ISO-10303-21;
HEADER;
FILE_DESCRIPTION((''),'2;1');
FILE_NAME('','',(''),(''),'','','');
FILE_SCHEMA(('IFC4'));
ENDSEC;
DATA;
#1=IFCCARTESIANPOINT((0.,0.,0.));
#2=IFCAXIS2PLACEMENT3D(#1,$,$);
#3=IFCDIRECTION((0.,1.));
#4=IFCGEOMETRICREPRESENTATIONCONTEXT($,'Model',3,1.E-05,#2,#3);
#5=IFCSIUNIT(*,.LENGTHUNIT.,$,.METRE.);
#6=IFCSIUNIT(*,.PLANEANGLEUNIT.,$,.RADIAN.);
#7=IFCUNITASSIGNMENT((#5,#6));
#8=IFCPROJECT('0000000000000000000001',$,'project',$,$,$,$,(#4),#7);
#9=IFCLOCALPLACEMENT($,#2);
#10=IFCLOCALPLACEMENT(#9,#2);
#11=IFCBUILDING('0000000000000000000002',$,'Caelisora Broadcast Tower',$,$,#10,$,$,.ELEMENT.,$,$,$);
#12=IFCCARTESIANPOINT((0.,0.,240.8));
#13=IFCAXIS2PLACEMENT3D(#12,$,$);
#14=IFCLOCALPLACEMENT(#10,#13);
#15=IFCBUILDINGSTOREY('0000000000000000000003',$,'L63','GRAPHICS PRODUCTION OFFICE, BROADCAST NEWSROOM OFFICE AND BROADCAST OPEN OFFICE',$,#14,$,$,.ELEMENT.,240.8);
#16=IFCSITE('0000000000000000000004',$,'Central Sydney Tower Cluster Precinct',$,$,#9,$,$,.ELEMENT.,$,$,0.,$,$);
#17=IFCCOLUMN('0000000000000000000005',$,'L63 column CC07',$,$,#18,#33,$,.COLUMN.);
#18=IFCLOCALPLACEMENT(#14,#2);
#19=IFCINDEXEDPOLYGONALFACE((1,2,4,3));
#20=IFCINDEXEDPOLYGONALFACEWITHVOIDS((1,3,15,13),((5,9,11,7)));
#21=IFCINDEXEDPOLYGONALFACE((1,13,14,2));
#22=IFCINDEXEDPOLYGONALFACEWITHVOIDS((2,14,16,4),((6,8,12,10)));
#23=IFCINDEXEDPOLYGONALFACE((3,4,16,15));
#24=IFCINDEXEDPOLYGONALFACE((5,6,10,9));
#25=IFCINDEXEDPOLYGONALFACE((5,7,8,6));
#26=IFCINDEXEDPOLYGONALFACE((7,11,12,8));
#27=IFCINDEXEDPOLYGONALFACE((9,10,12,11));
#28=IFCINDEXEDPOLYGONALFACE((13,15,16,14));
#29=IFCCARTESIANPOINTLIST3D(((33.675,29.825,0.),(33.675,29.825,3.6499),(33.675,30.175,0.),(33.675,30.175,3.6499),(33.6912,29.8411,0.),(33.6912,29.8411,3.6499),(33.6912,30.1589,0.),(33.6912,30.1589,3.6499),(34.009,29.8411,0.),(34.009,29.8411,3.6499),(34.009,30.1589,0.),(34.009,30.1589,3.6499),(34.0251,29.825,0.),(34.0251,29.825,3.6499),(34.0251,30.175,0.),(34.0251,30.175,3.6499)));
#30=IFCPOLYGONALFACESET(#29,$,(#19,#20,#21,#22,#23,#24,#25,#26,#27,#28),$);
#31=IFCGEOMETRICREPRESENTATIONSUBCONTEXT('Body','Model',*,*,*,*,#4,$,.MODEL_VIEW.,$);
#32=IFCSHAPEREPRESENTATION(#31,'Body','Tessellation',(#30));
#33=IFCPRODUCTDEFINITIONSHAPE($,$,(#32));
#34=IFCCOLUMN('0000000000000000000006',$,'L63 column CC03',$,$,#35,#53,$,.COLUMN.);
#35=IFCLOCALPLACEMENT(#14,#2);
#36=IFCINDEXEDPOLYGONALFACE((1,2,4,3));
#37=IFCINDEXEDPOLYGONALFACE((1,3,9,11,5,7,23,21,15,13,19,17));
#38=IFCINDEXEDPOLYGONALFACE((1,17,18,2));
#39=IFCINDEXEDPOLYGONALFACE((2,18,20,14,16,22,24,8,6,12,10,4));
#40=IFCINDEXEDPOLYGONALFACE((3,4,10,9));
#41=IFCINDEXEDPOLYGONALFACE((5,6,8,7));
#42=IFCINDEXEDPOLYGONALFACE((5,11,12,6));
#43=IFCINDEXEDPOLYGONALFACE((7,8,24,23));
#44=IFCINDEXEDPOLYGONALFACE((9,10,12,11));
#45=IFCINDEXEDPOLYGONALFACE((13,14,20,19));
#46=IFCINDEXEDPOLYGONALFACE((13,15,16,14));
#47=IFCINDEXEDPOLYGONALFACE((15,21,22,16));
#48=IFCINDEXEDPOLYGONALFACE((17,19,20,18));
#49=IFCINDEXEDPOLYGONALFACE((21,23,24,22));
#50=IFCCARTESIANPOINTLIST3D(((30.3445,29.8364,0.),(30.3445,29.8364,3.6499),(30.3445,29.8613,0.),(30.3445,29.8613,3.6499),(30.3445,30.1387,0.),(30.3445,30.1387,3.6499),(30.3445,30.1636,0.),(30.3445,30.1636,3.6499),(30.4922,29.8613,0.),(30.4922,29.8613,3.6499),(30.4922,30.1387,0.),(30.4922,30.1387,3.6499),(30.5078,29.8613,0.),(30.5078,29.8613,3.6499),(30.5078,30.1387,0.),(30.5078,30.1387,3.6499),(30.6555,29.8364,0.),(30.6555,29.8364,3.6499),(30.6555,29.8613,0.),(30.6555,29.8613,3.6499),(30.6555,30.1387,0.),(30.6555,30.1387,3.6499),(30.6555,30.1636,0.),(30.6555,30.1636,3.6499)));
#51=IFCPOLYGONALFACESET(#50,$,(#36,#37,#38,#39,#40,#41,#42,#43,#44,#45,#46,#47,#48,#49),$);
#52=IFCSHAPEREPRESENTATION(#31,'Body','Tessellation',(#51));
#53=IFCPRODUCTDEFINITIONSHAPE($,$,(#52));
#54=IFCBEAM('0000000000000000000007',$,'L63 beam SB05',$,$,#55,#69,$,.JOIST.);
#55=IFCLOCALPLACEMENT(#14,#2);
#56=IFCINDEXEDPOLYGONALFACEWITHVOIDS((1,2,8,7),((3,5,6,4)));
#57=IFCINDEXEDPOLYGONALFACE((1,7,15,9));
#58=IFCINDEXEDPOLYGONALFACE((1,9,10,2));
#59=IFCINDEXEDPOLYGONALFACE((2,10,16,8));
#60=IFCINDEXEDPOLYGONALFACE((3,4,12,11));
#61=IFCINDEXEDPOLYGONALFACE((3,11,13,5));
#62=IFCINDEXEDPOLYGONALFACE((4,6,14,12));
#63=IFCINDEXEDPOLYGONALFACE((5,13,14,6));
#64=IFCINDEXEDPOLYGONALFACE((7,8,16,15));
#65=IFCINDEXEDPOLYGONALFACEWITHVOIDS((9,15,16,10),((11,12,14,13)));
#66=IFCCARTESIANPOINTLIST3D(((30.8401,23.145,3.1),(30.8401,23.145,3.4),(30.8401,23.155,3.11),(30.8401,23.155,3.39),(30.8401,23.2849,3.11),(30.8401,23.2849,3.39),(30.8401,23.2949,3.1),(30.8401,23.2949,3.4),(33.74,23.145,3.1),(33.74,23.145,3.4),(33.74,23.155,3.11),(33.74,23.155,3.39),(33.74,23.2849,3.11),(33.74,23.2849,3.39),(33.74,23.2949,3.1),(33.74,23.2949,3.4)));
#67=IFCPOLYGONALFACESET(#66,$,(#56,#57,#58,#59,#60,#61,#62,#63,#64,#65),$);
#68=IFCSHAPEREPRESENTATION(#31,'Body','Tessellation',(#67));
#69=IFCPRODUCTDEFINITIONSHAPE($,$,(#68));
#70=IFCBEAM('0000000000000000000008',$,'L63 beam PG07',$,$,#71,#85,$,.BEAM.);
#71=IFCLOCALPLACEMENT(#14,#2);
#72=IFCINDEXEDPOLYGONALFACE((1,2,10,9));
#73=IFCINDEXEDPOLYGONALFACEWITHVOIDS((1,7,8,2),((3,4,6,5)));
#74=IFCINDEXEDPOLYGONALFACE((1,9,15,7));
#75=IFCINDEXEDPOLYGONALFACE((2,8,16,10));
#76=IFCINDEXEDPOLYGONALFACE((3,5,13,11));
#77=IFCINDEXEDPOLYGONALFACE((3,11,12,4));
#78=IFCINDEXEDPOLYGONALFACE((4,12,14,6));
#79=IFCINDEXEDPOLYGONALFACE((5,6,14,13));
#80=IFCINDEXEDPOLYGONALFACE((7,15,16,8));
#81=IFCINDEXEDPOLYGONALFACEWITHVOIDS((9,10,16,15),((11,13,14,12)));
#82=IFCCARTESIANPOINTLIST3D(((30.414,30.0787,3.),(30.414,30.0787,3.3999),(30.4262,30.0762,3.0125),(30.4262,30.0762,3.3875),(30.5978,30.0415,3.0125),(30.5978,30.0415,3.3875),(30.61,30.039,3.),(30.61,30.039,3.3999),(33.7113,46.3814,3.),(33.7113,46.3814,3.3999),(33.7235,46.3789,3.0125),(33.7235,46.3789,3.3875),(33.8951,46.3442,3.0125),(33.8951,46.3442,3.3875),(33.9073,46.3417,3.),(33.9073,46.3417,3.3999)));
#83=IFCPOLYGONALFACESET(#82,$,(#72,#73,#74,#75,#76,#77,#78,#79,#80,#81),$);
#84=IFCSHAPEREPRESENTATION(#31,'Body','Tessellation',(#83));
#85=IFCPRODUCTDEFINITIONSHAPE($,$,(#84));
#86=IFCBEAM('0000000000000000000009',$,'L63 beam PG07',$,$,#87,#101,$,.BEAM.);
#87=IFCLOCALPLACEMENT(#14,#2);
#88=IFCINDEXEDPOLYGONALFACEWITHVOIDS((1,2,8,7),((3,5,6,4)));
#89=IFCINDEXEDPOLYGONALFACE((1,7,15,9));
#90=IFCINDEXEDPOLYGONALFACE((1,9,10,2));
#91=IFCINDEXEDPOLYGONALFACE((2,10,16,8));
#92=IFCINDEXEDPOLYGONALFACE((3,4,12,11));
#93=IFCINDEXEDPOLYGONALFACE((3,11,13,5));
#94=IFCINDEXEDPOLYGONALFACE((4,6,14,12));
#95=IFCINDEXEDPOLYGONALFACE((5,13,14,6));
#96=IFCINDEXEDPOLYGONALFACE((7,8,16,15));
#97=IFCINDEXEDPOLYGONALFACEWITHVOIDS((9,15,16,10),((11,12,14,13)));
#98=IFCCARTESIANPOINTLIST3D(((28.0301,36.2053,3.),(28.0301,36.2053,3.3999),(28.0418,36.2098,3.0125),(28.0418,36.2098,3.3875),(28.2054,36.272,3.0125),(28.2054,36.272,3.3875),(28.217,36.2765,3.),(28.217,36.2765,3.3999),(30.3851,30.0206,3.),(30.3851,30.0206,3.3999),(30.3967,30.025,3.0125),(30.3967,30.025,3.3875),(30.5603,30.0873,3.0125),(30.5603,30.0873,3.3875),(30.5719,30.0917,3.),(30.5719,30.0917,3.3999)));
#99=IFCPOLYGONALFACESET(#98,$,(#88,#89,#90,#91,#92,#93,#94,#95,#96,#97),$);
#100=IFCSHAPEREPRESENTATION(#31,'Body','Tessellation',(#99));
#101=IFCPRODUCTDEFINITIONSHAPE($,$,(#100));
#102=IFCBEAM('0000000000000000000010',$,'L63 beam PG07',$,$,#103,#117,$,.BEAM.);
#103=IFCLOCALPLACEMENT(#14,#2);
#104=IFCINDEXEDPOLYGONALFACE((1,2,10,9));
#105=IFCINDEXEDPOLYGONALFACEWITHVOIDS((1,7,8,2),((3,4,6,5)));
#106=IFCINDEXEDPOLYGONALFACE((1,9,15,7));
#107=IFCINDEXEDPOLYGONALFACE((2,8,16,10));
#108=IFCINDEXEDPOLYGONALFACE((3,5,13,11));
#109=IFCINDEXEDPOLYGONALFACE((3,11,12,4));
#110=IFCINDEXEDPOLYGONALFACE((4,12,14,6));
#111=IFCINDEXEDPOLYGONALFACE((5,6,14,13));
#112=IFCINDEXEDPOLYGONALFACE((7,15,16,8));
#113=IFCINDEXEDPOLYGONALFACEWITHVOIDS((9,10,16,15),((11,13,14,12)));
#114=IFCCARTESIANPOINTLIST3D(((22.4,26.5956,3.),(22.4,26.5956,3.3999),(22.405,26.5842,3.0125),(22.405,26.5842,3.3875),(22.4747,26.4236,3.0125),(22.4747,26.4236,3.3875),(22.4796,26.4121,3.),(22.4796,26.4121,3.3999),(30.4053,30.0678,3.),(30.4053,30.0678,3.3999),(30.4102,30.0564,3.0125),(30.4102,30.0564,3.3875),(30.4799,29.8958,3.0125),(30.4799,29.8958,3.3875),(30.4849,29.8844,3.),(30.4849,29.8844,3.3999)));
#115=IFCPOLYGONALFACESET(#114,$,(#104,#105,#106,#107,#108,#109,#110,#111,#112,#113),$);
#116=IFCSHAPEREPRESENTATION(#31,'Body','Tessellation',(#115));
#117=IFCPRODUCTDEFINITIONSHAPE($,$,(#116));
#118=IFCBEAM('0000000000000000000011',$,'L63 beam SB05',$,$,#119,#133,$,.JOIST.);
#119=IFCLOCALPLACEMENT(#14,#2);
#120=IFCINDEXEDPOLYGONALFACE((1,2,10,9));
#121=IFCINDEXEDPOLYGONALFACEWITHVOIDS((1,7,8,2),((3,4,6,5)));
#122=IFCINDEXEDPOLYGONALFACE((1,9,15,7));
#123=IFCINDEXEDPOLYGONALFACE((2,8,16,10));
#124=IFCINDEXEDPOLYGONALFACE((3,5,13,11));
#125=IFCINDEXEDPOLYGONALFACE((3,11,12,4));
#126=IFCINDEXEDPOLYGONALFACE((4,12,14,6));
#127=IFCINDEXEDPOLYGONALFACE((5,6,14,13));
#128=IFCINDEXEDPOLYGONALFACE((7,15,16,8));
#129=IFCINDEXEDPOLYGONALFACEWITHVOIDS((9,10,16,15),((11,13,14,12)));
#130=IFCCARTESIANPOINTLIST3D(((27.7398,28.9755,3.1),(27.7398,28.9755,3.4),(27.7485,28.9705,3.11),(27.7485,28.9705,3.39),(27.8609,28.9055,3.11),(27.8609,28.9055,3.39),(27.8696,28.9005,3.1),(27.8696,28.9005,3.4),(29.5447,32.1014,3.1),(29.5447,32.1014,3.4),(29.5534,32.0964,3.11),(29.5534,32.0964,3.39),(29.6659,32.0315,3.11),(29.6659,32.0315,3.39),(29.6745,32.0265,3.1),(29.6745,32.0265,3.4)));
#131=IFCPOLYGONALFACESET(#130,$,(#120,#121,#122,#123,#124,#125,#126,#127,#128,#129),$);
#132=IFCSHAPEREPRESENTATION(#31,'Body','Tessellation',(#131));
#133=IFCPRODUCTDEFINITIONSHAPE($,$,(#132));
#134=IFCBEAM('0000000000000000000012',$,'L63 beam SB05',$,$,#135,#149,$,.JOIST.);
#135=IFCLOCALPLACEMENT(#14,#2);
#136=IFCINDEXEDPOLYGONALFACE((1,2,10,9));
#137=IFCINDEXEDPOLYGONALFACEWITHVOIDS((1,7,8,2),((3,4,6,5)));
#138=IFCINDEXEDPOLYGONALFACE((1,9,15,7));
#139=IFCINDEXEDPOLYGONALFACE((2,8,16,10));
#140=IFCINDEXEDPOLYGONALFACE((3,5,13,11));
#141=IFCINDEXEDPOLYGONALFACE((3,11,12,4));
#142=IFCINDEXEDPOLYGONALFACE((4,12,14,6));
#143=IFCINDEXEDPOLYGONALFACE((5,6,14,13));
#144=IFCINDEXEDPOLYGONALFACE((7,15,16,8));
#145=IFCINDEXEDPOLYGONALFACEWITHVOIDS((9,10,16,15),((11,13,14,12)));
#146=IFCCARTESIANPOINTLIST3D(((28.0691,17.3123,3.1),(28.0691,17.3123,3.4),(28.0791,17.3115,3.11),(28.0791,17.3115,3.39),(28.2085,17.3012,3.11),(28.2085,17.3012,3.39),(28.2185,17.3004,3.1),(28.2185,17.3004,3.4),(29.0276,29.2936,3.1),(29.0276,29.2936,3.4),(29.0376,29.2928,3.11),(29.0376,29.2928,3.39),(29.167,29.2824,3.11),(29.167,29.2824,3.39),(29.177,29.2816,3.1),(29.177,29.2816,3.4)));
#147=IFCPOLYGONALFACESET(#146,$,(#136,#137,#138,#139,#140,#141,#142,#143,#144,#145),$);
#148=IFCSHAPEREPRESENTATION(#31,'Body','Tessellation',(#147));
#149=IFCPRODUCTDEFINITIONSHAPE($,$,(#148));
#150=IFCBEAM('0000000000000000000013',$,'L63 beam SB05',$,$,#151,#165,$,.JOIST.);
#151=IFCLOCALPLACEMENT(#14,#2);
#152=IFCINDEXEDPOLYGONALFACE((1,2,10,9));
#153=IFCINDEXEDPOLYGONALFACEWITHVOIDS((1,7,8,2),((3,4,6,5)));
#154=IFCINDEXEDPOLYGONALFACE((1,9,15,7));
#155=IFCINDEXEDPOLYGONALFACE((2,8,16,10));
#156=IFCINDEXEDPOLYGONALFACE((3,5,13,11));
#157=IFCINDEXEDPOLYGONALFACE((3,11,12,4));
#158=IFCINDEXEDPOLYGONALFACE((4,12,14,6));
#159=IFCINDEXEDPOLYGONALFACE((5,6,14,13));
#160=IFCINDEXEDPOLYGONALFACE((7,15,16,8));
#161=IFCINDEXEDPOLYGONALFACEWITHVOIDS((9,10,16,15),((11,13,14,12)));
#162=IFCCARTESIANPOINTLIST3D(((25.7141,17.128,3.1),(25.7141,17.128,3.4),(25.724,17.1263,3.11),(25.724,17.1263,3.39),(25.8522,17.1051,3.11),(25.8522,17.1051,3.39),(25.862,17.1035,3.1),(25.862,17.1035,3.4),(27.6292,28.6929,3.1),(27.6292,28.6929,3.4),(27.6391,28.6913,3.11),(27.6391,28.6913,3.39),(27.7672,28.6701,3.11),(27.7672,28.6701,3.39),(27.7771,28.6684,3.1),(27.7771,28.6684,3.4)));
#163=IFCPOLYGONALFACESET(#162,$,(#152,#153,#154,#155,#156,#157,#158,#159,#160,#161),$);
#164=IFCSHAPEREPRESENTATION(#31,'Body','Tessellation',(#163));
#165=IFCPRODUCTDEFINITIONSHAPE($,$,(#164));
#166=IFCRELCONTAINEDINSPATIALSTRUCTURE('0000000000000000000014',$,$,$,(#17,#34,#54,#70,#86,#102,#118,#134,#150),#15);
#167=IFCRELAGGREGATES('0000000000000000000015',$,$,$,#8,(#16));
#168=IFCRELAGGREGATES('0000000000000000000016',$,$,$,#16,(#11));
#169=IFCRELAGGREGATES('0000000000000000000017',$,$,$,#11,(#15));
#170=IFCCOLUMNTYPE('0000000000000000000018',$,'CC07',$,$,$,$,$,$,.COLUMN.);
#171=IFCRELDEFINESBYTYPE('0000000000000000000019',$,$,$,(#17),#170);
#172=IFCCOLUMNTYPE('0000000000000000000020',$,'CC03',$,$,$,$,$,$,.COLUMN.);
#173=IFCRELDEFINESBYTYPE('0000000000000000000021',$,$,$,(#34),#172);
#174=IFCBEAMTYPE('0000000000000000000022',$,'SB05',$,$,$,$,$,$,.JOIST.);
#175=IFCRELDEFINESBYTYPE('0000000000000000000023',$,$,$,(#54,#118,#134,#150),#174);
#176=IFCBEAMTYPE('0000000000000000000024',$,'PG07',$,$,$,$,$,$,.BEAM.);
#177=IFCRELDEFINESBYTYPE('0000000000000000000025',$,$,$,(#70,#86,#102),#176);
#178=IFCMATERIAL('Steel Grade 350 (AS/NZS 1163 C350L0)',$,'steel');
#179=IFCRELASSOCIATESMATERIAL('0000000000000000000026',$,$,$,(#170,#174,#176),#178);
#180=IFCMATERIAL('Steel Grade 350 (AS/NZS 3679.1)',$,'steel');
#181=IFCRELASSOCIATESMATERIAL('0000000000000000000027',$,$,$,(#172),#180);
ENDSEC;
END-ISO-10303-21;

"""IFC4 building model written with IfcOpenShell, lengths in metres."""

from ifc_helpers import new_model, si_unit, direction, frame, origin, origin_2d, place, context, subcontext, project, spatial, hollow_rectangle, i_section, extrude, source, transform, mapped, material, material_profile, profile_set, type_object, type_shapes, element, save


model = new_model("IFC4")

# Units and contexts
model_context = context("Model", 3, precision=1e-05, world=origin(), true_north=direction((0.0, 1.0)))
body_context = subcontext(model_context, "Body", "Model", "MODEL_VIEW")
ifc_project = project(units=[si_unit("LENGTHUNIT", "METRE"), si_unit("PLANEANGLEUNIT", "RADIAN")], contexts=[model_context])

# Site, building, storey
site_placement = place(None, origin())
site = spatial("IfcSite", under=ifc_project, at=site_placement, Name="Central Sydney Tower Cluster Precinct", CompositionType="ELEMENT", RefElevation=0.0)
building_placement = place(site_placement, origin())
building = spatial("IfcBuilding", under=site, at=building_placement, Name="Caelisora Broadcast Tower", CompositionType="ELEMENT")
storey_placement = place(building_placement, frame((0.0, 0.0, 240.8)))
storey = spatial("IfcBuildingStorey", under=building, at=storey_placement, Name="L63", Description="GRAPHICS PRODUCTION OFFICE, BROADCAST NEWSROOM OFFICE AND BROADCAST OPEN OFFICE", CompositionType="ELEMENT", Elevation=240.8)

# Columns
ifc_material_1 = material(Name="Steel Grade 350 (AS/NZS 1163 C350L0)", Category="steel")
ifc_material_profile_1 = material_profile(ifc_material_1, hollow_rectangle(XDim=0.3501, YDim=0.3501, WallThickness=0.0161, at=origin_2d()), Name="Steel Grade 350 (AS/NZS 1163 C350L0)")
ifc_profile_set_1 = profile_set([ifc_material_profile_1], Name="Steel Grade 350 (AS/NZS 1163 C350L0)")
column_type_1 = type_object("IfcColumnType", Name="CC07", PredefinedType="COLUMN", material=ifc_profile_set_1)
shared_shape_1 = source(origin(), body_context, "Body", "SweptSolid", [
    extrude(hollow_rectangle(XDim=0.3501, YDim=0.3501, WallThickness=0.0161, at=origin_2d()), origin(), (0.0, 0.0, 1.0), 3.6499),
])
type_shapes(column_type_1, [shared_shape_1])
column_1_placement = place(storey_placement, frame((33.8501, 30.0, 0.0), z_axis=(0.0, 0.0, 1.0), x_axis=(1.0, 0.0, 0.0)))
element("IfcColumn", 1, at=column_1_placement, inside=storey, type_object=column_type_1, Name="L63 column CC07", PredefinedType="COLUMN", context=body_context, shape_type="MappedRepresentation", body=[
    mapped(shared_shape_1, transform((0.0, 0.0, 0.0), scale=1.0)),
])
ifc_material_2 = material(Name="Steel Grade 350 (AS/NZS 3679.1)", Category="steel")
ifc_material_profile_2 = material_profile(ifc_material_2, i_section(OverallWidth=0.311, OverallDepth=0.3271, WebThickness=0.0156, FlangeThickness=0.0249, at=origin_2d()), Name="Steel Grade 350 (AS/NZS 3679.1)")
ifc_profile_set_2 = profile_set([ifc_material_profile_2], Name="Steel Grade 350 (AS/NZS 3679.1)")
column_type_2 = type_object("IfcColumnType", Name="CC03", PredefinedType="COLUMN", material=ifc_profile_set_2)
shared_shape_2 = source(origin(), body_context, "Body", "SweptSolid", [
    extrude(i_section(OverallWidth=0.311, OverallDepth=0.3271, WebThickness=0.0156, FlangeThickness=0.0249, at=origin_2d()), origin(), (0.0, 0.0, 1.0), 3.6499),
])
type_shapes(column_type_2, [shared_shape_2])
column_2_placement = place(storey_placement, frame((30.5, 30.0, 0.0), z_axis=(0.0, 0.0, 1.0), x_axis=(1.0, 0.0, 0.0)))
element("IfcColumn", 2, at=column_2_placement, inside=storey, type_object=column_type_2, Name="L63 column CC03", PredefinedType="COLUMN", context=body_context, shape_type="MappedRepresentation", body=[
    mapped(shared_shape_2, transform((0.0, 0.0, 0.0), scale=1.0)),
])

# Beams
ifc_material_profile_3 = material_profile(ifc_material_1, hollow_rectangle(XDim=0.1499, YDim=0.3, WallThickness=0.01, at=origin_2d()), Name="Steel Grade 350 (AS/NZS 1163 C350L0)")
ifc_profile_set_3 = profile_set([ifc_material_profile_3], Name="Steel Grade 350 (AS/NZS 1163 C350L0)")
beam_type_1 = type_object("IfcBeamType", Name="SB05", PredefinedType="JOIST", material=ifc_profile_set_3)
shared_shape_3 = source(origin(), body_context, "Body", "SweptSolid", [
    extrude(hollow_rectangle(XDim=0.1499, YDim=0.3, WallThickness=0.01, at=origin_2d()), origin(), (0.0, 0.0, 1.0), 2.8999),
])
beam_1_placement = place(storey_placement, frame((30.8401, 23.22, 3.25), z_axis=(1.0, 0.0, 0.0), x_axis=(0.0, 1.0, 0.0)))
element("IfcBeam", 3, at=beam_1_placement, inside=storey, type_object=beam_type_1, Name="L63 beam SB05", PredefinedType="JOIST", context=body_context, shape_type="MappedRepresentation", body=[
    mapped(shared_shape_3, transform((0.0, 0.0, 0.0), scale=1.0)),
])
ifc_material_profile_4 = material_profile(ifc_material_1, hollow_rectangle(XDim=0.2, YDim=0.3999, WallThickness=0.0125, at=origin_2d()), Name="Steel Grade 350 (AS/NZS 1163 C350L0)")
ifc_profile_set_4 = profile_set([ifc_material_profile_4], Name="Steel Grade 350 (AS/NZS 1163 C350L0)")
beam_type_2 = type_object("IfcBeamType", Name="PG07", PredefinedType="BEAM", material=ifc_profile_set_4)
shared_shape_4 = source(origin(), body_context, "Body", "SweptSolid", [
    extrude(hollow_rectangle(XDim=0.2, YDim=0.3999, WallThickness=0.0125, at=origin_2d()), origin(), (0.0, 0.0, 1.0), 16.6328),
])
beam_2_placement = place(storey_placement, frame((30.512, 30.0588, 3.2), z_axis=(0.198244, 0.980153, 0.0), x_axis=(-0.980153, 0.198244, 0.0)))
element("IfcBeam", 4, at=beam_2_placement, inside=storey, type_object=beam_type_2, Name="L63 beam PG07", PredefinedType="BEAM", context=body_context, shape_type="MappedRepresentation", body=[
    mapped(shared_shape_4, transform((0.0, 0.0, 0.0), scale=1.0)),
])
shared_shape_5 = source(origin(), body_context, "Body", "SweptSolid", [
    extrude(hollow_rectangle(XDim=0.2, YDim=0.3999, WallThickness=0.0125, at=origin_2d()), origin(), (0.0, 0.0, 1.0), 6.6179),
])
beam_3_placement = place(storey_placement, frame((30.4785, 30.0562, 3.2), z_axis=(-0.355845, 0.934545, 0.0), x_axis=(-0.934545, -0.355845, 0.0)))
element("IfcBeam", 5, at=beam_3_placement, inside=storey, type_object=beam_type_2, Name="L63 beam PG07", PredefinedType="BEAM", context=body_context, shape_type="MappedRepresentation", body=[
    mapped(shared_shape_5, transform((0.0, 0.0, 0.0), scale=1.0)),
])
shared_shape_6 = source(origin(), body_context, "Body", "SweptSolid", [
    extrude(hollow_rectangle(XDim=0.2, YDim=0.3999, WallThickness=0.0125, at=origin_2d()), origin(), (0.0, 0.0, 1.0), 8.7258),
])
type_shapes(beam_type_2, [shared_shape_4, shared_shape_5, shared_shape_6])
beam_4_placement = place(storey_placement, frame((30.4451, 29.9761, 3.2), z_axis=(-0.917418, -0.397924, 0.0), x_axis=(0.397924, -0.917418, 0.0)))
element("IfcBeam", 6, at=beam_4_placement, inside=storey, type_object=beam_type_2, Name="L63 beam PG07", PredefinedType="BEAM", context=body_context, shape_type="MappedRepresentation", body=[
    mapped(shared_shape_6, transform((0.0, 0.0, 0.0), scale=1.0)),
])
shared_shape_7 = source(origin(), body_context, "Body", "SweptSolid", [
    extrude(hollow_rectangle(XDim=0.1499, YDim=0.3, WallThickness=0.01, at=origin_2d()), origin(), (0.0, 0.0, 1.0), 3.6096),
])
beam_5_placement = place(storey_placement, frame((29.6096, 32.064, 3.25), z_axis=(-0.500031, -0.866008, 0.0), x_axis=(0.866008, -0.500031, 0.0)))
element("IfcBeam", 7, at=beam_5_placement, inside=storey, type_object=beam_type_1, Name="L63 beam SB05", PredefinedType="JOIST", context=body_context, shape_type="MappedRepresentation", body=[
    mapped(shared_shape_7, transform((0.0, 0.0, 0.0), scale=1.0)),
])
shared_shape_8 = source(origin(), body_context, "Body", "SweptSolid", [
    extrude(hollow_rectangle(XDim=0.1499, YDim=0.3, WallThickness=0.01, at=origin_2d()), origin(), (0.0, 0.0, 1.0), 12.0195),
])
beam_6_placement = place(storey_placement, frame((29.1023, 29.2876, 3.25), z_axis=(-0.079745, -0.996815, 0.0), x_axis=(0.996815, -0.079745, 0.0)))
element("IfcBeam", 8, at=beam_6_placement, inside=storey, type_object=beam_type_1, Name="L63 beam SB05", PredefinedType="JOIST", context=body_context, shape_type="MappedRepresentation", body=[
    mapped(shared_shape_8, transform((0.0, 0.0, 0.0), scale=1.0)),
])
shared_shape_9 = source(origin(), body_context, "Body", "SweptSolid", [
    extrude(hollow_rectangle(XDim=0.1499, YDim=0.3, WallThickness=0.01, at=origin_2d()), origin(), (0.0, 0.0, 1.0), 11.7224),
])
type_shapes(beam_type_1, [shared_shape_3, shared_shape_7, shared_shape_8, shared_shape_9])
beam_7_placement = place(storey_placement, frame((27.7031, 28.6807, 3.25), z_axis=(-0.163365, -0.986566, 0.0), x_axis=(0.986566, -0.163365, 0.0)))
element("IfcBeam", 9, at=beam_7_placement, inside=storey, type_object=beam_type_1, Name="L63 beam SB05", PredefinedType="JOIST", context=body_context, shape_type="MappedRepresentation", body=[
    mapped(shared_shape_9, transform((0.0, 0.0, 0.0), scale=1.0)),
])

save(model, "model.ifc")
